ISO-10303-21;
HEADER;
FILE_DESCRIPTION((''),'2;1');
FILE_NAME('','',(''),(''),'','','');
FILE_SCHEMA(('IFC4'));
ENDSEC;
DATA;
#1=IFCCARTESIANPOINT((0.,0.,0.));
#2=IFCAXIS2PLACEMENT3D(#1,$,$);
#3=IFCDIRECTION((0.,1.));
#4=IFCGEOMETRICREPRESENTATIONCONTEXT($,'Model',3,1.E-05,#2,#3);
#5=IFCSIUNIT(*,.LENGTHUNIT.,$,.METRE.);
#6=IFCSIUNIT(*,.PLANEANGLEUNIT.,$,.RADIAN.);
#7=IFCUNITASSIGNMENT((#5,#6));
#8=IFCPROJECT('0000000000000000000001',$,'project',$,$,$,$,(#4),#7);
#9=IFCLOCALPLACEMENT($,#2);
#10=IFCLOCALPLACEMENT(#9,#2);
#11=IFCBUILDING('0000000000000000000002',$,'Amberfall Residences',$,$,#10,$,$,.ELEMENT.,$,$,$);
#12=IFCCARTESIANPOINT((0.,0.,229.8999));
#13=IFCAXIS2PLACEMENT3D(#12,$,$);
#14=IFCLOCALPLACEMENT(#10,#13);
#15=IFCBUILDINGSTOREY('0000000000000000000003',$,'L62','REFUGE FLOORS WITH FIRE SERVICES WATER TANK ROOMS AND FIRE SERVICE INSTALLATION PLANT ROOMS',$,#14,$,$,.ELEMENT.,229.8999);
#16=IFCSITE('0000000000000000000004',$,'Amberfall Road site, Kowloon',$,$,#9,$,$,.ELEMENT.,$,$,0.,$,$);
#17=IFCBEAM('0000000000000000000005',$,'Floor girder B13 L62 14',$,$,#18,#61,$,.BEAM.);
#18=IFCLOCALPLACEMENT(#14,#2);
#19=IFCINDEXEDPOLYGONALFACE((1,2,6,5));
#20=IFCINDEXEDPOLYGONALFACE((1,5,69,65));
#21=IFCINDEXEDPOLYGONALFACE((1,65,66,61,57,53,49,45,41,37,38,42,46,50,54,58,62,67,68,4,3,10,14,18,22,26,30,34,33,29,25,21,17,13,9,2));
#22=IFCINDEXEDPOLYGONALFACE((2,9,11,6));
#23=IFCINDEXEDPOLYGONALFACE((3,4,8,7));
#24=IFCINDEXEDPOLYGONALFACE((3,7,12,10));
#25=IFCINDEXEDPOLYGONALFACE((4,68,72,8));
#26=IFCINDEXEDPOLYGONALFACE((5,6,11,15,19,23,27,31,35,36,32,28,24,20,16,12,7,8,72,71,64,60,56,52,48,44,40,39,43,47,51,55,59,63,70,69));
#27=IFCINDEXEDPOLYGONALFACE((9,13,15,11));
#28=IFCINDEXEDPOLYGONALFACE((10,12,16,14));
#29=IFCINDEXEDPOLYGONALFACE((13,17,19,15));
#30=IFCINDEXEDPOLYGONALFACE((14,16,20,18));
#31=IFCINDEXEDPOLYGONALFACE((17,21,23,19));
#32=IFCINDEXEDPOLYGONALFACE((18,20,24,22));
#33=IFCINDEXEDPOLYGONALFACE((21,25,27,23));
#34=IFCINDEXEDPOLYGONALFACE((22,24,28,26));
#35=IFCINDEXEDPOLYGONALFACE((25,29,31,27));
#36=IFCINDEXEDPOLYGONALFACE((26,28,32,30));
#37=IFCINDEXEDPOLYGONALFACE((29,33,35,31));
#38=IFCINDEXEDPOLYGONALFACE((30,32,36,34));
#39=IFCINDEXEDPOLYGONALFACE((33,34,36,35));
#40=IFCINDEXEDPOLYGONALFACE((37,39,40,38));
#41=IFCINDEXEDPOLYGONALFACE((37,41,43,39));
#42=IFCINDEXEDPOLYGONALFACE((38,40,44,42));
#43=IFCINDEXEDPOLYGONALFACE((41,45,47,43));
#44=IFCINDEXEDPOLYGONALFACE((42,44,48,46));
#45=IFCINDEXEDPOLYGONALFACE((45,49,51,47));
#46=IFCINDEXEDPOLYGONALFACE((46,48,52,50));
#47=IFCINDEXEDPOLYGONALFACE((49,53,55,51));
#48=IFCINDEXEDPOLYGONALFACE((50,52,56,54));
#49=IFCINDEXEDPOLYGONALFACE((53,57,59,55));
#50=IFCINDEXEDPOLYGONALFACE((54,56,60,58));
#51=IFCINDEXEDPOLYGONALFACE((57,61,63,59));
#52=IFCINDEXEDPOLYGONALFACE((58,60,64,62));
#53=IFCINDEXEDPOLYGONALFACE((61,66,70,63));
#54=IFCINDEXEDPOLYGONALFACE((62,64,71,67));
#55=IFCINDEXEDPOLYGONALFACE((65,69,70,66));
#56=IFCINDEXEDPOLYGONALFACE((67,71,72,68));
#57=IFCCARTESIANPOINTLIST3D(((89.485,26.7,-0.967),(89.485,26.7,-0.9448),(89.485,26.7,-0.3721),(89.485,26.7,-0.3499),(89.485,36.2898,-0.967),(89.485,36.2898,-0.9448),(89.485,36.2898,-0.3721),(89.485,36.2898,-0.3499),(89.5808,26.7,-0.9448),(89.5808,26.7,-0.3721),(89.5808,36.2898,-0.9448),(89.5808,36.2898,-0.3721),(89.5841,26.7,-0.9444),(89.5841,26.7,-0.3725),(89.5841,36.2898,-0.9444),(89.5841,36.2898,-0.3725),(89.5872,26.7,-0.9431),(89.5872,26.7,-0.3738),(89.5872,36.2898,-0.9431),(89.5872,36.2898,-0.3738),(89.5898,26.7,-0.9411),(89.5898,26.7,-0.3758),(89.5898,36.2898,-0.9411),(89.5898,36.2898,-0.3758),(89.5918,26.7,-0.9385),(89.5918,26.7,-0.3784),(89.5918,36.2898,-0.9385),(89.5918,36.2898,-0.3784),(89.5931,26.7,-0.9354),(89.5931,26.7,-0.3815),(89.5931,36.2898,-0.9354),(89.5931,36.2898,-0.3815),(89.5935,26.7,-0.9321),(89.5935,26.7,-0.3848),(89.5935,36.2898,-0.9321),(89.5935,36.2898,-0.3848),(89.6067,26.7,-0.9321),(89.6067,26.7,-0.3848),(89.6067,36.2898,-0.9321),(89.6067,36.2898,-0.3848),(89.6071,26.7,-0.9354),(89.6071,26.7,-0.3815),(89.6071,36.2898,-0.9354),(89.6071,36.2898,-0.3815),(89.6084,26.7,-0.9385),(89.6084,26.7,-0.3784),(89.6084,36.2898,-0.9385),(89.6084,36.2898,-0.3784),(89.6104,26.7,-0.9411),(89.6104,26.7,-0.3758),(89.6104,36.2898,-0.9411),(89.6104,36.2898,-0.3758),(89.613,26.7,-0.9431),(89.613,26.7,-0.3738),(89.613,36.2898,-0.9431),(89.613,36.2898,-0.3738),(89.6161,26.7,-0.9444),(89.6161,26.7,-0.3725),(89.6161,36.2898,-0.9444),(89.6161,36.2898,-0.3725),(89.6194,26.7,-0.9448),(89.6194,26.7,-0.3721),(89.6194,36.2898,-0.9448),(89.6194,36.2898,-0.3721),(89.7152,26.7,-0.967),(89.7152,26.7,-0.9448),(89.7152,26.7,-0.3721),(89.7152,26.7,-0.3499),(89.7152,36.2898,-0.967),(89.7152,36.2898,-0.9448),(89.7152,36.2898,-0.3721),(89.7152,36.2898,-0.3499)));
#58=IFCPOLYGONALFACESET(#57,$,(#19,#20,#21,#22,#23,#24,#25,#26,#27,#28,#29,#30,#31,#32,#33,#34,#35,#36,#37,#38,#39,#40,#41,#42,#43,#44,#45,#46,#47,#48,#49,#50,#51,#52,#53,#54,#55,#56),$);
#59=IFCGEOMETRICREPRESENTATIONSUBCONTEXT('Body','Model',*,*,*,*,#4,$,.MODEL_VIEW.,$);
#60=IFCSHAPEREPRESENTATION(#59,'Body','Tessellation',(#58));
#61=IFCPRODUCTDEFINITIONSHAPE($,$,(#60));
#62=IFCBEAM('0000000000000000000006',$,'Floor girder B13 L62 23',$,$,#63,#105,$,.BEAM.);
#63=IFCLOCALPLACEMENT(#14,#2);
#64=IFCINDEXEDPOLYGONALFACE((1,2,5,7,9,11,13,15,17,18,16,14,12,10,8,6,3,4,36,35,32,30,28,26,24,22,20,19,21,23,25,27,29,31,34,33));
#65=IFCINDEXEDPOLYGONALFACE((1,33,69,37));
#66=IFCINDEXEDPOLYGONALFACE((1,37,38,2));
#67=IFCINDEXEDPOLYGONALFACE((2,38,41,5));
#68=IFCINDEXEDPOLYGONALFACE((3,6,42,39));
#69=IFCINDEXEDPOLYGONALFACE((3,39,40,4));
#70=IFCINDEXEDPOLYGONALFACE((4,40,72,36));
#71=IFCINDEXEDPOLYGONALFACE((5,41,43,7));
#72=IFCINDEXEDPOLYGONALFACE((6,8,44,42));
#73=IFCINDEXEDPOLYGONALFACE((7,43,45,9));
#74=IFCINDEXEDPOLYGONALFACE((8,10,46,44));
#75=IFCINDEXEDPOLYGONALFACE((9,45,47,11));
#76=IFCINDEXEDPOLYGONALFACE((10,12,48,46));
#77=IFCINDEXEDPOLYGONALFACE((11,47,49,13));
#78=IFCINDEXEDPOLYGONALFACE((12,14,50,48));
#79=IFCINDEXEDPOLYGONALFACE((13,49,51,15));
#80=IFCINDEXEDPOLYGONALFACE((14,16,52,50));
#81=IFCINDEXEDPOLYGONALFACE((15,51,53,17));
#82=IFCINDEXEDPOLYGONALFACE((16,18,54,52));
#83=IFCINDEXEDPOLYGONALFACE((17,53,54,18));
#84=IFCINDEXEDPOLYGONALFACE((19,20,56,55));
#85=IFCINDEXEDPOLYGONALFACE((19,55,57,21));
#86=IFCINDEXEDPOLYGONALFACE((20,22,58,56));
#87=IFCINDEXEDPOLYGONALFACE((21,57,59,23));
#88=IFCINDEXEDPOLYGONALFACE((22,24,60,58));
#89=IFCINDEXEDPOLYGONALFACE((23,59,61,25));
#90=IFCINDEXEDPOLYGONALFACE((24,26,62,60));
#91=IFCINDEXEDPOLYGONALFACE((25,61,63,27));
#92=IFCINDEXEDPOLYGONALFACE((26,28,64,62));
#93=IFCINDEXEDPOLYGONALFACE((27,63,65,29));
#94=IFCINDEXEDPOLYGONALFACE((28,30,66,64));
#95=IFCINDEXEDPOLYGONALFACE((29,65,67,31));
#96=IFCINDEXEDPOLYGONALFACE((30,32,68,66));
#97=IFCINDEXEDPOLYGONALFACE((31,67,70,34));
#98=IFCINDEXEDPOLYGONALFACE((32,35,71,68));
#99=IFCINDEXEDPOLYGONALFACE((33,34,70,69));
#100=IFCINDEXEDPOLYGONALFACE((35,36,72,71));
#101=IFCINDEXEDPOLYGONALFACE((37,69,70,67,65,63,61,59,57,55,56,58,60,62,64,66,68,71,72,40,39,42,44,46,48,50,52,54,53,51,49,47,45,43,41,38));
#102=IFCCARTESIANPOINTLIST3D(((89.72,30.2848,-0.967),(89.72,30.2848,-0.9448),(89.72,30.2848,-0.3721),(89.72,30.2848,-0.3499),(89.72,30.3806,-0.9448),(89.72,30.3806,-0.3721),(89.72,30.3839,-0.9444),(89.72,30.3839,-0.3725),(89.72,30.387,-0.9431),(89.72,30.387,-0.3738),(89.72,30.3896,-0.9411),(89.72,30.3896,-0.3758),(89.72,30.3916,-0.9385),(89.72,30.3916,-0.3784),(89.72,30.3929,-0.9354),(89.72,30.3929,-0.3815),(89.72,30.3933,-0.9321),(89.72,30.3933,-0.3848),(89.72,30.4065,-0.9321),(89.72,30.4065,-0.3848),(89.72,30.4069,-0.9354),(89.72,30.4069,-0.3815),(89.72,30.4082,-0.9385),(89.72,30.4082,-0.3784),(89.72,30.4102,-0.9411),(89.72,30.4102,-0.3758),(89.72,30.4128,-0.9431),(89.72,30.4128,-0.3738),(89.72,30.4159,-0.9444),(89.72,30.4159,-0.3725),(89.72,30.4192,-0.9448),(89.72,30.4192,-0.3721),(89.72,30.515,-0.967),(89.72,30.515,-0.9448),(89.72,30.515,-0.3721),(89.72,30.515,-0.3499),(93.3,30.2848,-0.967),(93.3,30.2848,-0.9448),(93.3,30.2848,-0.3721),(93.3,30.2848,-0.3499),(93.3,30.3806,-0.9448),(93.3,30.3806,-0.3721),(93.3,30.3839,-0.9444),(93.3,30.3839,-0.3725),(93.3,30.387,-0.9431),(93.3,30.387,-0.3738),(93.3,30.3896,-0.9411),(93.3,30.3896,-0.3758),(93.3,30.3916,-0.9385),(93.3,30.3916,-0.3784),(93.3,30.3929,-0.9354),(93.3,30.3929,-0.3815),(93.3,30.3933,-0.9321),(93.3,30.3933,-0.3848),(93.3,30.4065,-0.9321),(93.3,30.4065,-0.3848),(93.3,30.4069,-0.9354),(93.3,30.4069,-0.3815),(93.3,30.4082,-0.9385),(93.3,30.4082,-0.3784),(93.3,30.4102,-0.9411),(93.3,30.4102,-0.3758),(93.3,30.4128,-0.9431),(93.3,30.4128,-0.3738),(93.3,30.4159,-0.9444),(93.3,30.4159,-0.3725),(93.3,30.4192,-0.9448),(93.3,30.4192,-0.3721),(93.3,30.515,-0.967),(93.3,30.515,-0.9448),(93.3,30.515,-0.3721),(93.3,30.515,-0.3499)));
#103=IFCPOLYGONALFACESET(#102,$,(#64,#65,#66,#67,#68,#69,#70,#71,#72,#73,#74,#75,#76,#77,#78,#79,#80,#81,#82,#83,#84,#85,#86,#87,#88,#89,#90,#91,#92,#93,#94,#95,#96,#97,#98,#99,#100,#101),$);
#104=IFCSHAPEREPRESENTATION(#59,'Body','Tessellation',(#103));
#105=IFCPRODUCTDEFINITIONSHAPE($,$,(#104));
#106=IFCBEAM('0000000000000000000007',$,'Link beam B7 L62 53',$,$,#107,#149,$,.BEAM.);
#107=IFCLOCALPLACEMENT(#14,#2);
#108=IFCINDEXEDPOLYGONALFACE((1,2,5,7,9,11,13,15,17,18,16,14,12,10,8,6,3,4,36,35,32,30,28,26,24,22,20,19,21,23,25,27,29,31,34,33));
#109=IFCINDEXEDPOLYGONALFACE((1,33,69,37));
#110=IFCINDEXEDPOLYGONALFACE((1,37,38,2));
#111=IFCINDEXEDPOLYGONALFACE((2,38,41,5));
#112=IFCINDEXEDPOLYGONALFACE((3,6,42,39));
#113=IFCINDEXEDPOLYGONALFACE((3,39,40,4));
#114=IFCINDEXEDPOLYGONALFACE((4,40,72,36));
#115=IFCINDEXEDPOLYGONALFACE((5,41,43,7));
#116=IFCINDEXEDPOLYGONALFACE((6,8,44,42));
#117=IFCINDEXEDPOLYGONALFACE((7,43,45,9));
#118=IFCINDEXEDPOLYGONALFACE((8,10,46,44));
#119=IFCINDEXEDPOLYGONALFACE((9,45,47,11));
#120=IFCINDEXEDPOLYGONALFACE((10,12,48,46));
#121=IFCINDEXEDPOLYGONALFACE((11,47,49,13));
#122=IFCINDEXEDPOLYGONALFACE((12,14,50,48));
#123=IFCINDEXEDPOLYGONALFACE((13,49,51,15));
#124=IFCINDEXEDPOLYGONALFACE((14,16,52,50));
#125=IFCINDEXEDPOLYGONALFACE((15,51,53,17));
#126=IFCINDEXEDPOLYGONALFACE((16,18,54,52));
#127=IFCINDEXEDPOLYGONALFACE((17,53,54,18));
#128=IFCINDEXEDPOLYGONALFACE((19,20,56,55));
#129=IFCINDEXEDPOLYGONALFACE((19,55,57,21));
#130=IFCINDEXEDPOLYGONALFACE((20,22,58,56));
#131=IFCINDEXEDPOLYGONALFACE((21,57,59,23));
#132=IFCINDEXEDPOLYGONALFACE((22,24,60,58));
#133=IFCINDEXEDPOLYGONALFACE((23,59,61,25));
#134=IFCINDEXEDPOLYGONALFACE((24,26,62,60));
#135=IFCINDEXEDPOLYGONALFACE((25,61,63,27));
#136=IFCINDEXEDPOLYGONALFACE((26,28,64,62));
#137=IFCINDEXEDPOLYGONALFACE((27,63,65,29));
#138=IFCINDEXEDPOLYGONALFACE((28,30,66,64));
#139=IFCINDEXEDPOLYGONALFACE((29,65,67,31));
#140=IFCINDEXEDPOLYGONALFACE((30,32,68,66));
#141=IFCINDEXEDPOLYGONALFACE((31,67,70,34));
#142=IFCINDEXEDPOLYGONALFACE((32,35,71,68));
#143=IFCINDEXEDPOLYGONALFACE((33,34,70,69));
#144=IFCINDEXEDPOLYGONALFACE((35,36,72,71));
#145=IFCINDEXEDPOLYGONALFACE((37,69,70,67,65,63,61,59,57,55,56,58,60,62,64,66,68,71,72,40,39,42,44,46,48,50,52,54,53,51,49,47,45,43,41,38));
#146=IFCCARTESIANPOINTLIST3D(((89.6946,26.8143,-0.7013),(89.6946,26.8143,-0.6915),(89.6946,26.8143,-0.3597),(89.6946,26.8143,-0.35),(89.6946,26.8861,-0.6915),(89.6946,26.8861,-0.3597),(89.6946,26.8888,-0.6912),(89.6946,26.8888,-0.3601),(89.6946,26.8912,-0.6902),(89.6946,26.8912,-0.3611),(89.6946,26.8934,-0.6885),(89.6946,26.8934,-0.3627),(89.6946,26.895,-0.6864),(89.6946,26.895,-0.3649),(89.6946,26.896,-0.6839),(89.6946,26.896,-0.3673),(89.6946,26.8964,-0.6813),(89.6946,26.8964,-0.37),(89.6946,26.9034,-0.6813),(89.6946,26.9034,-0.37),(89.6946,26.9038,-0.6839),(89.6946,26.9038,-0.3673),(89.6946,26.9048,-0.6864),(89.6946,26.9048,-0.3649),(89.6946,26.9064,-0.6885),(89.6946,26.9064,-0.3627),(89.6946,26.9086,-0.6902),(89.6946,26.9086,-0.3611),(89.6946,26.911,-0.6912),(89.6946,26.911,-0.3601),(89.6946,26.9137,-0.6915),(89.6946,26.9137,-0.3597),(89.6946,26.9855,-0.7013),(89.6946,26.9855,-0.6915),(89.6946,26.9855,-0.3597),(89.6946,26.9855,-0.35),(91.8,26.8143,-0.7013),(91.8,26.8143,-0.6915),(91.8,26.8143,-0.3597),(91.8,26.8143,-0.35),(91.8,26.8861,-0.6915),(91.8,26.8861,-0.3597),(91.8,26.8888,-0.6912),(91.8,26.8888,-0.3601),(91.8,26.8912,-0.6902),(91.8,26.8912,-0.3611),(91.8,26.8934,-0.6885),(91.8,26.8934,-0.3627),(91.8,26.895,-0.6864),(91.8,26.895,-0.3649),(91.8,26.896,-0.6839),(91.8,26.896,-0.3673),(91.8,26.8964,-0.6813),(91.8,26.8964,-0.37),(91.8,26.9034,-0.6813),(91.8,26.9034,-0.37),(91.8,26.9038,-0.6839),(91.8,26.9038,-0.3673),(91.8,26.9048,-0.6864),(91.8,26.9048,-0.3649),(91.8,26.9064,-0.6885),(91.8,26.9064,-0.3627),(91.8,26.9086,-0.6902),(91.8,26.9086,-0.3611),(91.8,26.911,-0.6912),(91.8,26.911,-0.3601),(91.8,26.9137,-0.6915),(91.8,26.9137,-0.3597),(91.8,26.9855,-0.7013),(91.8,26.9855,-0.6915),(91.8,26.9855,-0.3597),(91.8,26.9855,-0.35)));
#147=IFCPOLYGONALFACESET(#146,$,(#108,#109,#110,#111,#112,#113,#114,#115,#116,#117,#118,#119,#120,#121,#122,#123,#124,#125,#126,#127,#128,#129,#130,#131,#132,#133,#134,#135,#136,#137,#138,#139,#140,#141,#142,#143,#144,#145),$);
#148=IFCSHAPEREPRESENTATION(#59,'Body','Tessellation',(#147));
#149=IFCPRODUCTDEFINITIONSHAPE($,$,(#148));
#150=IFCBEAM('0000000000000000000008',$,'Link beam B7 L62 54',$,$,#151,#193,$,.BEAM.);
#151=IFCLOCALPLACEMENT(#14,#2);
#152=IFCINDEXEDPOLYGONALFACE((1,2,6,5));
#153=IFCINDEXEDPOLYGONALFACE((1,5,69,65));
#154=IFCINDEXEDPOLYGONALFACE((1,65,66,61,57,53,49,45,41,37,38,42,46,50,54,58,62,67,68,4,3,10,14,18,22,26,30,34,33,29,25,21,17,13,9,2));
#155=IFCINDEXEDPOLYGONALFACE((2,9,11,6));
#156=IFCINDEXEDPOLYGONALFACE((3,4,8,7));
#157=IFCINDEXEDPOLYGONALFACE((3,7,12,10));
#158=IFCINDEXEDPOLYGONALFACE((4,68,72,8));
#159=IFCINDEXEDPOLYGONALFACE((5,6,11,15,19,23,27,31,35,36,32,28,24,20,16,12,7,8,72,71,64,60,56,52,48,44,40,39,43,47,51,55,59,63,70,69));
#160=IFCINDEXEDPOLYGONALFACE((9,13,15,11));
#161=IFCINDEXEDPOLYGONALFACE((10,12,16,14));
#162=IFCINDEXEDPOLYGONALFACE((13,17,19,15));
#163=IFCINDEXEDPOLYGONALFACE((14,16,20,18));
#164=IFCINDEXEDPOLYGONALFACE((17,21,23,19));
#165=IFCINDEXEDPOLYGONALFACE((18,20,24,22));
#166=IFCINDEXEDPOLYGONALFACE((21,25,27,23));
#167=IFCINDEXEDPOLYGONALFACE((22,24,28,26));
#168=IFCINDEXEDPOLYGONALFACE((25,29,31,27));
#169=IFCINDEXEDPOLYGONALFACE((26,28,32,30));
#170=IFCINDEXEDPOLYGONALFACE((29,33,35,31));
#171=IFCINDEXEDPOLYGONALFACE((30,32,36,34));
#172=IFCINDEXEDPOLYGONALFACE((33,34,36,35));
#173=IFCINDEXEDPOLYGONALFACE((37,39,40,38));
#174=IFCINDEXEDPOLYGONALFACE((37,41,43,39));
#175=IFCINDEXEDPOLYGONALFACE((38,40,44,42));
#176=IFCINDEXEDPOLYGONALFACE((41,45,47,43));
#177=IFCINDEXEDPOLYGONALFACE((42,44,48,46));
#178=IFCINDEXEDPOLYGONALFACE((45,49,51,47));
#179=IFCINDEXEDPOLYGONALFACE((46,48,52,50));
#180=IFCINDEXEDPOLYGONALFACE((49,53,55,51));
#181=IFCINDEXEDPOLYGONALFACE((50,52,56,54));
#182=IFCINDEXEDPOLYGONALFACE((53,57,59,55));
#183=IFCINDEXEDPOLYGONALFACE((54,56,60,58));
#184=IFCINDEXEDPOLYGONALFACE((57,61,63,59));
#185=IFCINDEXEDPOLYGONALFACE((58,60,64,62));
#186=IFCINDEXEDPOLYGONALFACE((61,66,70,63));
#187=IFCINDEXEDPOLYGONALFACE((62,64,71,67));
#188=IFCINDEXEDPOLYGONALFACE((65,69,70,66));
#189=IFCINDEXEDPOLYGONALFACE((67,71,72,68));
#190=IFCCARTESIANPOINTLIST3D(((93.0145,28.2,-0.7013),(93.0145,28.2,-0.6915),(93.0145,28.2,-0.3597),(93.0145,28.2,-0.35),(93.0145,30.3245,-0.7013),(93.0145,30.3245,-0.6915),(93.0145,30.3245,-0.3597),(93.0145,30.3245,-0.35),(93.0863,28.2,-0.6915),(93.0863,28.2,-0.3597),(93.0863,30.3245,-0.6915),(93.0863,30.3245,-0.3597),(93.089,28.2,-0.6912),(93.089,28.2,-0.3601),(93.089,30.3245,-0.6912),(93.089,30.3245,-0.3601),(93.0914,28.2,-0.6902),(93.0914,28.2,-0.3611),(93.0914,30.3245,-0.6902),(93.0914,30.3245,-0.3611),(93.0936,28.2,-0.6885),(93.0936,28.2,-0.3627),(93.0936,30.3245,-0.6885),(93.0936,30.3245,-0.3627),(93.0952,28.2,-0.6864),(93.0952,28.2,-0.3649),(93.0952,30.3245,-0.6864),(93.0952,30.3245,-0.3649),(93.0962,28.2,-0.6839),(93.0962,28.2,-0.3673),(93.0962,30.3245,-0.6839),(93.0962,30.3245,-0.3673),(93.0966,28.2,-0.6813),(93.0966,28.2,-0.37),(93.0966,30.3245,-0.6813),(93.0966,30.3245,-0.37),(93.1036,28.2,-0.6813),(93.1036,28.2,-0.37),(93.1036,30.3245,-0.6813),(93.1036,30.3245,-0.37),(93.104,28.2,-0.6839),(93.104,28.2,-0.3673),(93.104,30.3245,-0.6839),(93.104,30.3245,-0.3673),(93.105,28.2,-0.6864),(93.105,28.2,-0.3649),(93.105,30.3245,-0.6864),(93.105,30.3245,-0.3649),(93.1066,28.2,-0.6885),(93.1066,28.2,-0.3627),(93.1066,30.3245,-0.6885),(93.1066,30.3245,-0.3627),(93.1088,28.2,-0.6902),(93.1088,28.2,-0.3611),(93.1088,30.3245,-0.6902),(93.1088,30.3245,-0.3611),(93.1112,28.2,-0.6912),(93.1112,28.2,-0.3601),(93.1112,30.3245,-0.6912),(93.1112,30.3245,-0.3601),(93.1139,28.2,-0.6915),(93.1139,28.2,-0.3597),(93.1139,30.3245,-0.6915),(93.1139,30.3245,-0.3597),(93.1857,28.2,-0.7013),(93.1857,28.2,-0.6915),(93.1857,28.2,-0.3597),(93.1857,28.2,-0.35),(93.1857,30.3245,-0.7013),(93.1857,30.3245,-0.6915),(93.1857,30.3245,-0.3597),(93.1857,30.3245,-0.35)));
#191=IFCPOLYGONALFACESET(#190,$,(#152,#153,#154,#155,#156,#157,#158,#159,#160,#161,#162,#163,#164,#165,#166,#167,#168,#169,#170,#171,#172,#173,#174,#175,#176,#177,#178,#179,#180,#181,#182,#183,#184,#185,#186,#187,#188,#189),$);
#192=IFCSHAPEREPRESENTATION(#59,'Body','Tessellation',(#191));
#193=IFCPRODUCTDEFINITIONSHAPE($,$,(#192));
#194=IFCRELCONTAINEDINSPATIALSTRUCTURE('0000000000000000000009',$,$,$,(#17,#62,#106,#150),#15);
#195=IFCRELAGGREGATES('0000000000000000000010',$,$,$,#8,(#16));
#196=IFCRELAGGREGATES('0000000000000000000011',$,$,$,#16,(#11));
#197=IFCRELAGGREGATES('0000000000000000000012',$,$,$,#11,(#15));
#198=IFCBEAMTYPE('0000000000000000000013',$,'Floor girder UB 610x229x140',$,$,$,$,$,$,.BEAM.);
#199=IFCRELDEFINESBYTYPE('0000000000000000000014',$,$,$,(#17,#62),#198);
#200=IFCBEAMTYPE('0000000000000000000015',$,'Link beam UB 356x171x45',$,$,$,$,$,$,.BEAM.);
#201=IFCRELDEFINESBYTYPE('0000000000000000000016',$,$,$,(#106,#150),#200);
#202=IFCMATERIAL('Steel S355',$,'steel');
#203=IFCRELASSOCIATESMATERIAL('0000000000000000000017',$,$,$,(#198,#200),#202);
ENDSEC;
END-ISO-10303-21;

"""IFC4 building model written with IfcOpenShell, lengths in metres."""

from ifc_helpers import new_model, si_unit, direction, frame, origin, origin_2d, place, context, subcontext, project, spatial, i_section, extrude, material, material_profile, profile_set, type_object, element, save


model = new_model("IFC4")

# Units and contexts
model_context = context("Model", 3, precision=1e-05, world=origin(), true_north=direction((0.0, 1.0)))
body_context = subcontext(model_context, "Body", "Model", "MODEL_VIEW")
ifc_project = project(units=[si_unit("LENGTHUNIT", "METRE"), si_unit("PLANEANGLEUNIT", "RADIAN")], contexts=[model_context])

# Site, building, storey
site_placement = place(None, origin())
site = spatial("IfcSite", under=ifc_project, at=site_placement, Name="Amberfall Road site, Kowloon", CompositionType="ELEMENT", RefElevation=0.0)
building_placement = place(site_placement, origin())
building = spatial("IfcBuilding", under=site, at=building_placement, Name="Amberfall Residences", CompositionType="ELEMENT")
storey_placement = place(building_placement, frame((0.0, 0.0, 229.8999)))
storey = spatial("IfcBuildingStorey", under=building, at=storey_placement, Name="L62", Description="REFUGE FLOORS WITH FIRE SERVICES WATER TANK ROOMS AND FIRE SERVICE INSTALLATION PLANT ROOMS", CompositionType="ELEMENT", Elevation=229.8999)

# Beams
ifc_material_1 = material(Name="Steel S355", Category="steel")
ifc_material_profile_1 = material_profile(ifc_material_1, i_section(OverallWidth=0.2302, OverallDepth=0.6172, WebThickness=0.0132, FlangeThickness=0.0222, FilletRadius=0.0127, at=origin_2d()), Name="UB 610x229x140")
ifc_profile_set_1 = profile_set([ifc_material_profile_1], Name="Steel S355")
beam_type_1 = type_object("IfcBeamType", Name="Floor girder UB 610x229x140", PredefinedType="BEAM", material=ifc_profile_set_1)
beam_1_placement = place(storey_placement, frame((89.6001, 26.7, -0.6584), z_axis=(0.0, 1.0, 0.0), x_axis=(-1.0, 0.0, 0.0)))
element("IfcBeam", 1, at=beam_1_placement, inside=storey, type_object=beam_type_1, Name="Floor girder B13 L62 14", PredefinedType="BEAM", context=body_context, shape_type="SweptSolid", body=[
    extrude(i_section(OverallWidth=0.2302, OverallDepth=0.6172, WebThickness=0.0132, FlangeThickness=0.0222, FilletRadius=0.0127, at=origin_2d()), origin(), (0.0, 0.0, 1.0), 9.5898),
])
beam_2_placement = place(storey_placement, frame((93.3, 30.3999, -0.6584), z_axis=(-1.0, 0.0, 0.0), x_axis=(0.0, -1.0, 0.0)))
element("IfcBeam", 2, at=beam_2_placement, inside=storey, type_object=beam_type_1, Name="Floor girder B13 L62 23", PredefinedType="BEAM", context=body_context, shape_type="SweptSolid", body=[
    extrude(i_section(OverallWidth=0.2302, OverallDepth=0.6172, WebThickness=0.0132, FlangeThickness=0.0222, FilletRadius=0.0127, at=origin_2d()), origin(), (0.0, 0.0, 1.0), 3.5801),
])
ifc_material_profile_2 = material_profile(ifc_material_1, i_section(OverallWidth=0.1711, OverallDepth=0.3513, WebThickness=0.0071, FlangeThickness=0.0098, FilletRadius=0.0103, at=origin_2d()), Name="UB 356x171x45")
ifc_profile_set_2 = profile_set([ifc_material_profile_2], Name="Steel S355")
beam_type_2 = type_object("IfcBeamType", Name="Link beam UB 356x171x45", PredefinedType="BEAM", material=ifc_profile_set_2)
beam_3_placement = place(storey_placement, frame((91.8, 26.8999, -0.5256), z_axis=(-1.0, 0.0, 0.0), x_axis=(0.0, -1.0, 0.0)))
element("IfcBeam", 3, at=beam_3_placement, inside=storey, type_object=beam_type_2, Name="Link beam B7 L62 53", PredefinedType="BEAM", context=body_context, shape_type="SweptSolid", body=[
    extrude(i_section(OverallWidth=0.1711, OverallDepth=0.3513, WebThickness=0.0071, FlangeThickness=0.0098, FilletRadius=0.0103, at=origin_2d()), origin(), (0.0, 0.0, 1.0), 2.1055),
])
beam_4_placement = place(storey_placement, frame((93.1001, 28.2, -0.5256), z_axis=(0.0, 1.0, 0.0), x_axis=(-1.0, 0.0, 0.0)))
element("IfcBeam", 4, at=beam_4_placement, inside=storey, type_object=beam_type_2, Name="Link beam B7 L62 54", PredefinedType="BEAM", context=body_context, shape_type="SweptSolid", body=[
    extrude(i_section(OverallWidth=0.1711, OverallDepth=0.3513, WebThickness=0.0071, FlangeThickness=0.0098, FilletRadius=0.0103, at=origin_2d()), origin(), (0.0, 0.0, 1.0), 2.1245),
])

save(model, "model.ifc")
